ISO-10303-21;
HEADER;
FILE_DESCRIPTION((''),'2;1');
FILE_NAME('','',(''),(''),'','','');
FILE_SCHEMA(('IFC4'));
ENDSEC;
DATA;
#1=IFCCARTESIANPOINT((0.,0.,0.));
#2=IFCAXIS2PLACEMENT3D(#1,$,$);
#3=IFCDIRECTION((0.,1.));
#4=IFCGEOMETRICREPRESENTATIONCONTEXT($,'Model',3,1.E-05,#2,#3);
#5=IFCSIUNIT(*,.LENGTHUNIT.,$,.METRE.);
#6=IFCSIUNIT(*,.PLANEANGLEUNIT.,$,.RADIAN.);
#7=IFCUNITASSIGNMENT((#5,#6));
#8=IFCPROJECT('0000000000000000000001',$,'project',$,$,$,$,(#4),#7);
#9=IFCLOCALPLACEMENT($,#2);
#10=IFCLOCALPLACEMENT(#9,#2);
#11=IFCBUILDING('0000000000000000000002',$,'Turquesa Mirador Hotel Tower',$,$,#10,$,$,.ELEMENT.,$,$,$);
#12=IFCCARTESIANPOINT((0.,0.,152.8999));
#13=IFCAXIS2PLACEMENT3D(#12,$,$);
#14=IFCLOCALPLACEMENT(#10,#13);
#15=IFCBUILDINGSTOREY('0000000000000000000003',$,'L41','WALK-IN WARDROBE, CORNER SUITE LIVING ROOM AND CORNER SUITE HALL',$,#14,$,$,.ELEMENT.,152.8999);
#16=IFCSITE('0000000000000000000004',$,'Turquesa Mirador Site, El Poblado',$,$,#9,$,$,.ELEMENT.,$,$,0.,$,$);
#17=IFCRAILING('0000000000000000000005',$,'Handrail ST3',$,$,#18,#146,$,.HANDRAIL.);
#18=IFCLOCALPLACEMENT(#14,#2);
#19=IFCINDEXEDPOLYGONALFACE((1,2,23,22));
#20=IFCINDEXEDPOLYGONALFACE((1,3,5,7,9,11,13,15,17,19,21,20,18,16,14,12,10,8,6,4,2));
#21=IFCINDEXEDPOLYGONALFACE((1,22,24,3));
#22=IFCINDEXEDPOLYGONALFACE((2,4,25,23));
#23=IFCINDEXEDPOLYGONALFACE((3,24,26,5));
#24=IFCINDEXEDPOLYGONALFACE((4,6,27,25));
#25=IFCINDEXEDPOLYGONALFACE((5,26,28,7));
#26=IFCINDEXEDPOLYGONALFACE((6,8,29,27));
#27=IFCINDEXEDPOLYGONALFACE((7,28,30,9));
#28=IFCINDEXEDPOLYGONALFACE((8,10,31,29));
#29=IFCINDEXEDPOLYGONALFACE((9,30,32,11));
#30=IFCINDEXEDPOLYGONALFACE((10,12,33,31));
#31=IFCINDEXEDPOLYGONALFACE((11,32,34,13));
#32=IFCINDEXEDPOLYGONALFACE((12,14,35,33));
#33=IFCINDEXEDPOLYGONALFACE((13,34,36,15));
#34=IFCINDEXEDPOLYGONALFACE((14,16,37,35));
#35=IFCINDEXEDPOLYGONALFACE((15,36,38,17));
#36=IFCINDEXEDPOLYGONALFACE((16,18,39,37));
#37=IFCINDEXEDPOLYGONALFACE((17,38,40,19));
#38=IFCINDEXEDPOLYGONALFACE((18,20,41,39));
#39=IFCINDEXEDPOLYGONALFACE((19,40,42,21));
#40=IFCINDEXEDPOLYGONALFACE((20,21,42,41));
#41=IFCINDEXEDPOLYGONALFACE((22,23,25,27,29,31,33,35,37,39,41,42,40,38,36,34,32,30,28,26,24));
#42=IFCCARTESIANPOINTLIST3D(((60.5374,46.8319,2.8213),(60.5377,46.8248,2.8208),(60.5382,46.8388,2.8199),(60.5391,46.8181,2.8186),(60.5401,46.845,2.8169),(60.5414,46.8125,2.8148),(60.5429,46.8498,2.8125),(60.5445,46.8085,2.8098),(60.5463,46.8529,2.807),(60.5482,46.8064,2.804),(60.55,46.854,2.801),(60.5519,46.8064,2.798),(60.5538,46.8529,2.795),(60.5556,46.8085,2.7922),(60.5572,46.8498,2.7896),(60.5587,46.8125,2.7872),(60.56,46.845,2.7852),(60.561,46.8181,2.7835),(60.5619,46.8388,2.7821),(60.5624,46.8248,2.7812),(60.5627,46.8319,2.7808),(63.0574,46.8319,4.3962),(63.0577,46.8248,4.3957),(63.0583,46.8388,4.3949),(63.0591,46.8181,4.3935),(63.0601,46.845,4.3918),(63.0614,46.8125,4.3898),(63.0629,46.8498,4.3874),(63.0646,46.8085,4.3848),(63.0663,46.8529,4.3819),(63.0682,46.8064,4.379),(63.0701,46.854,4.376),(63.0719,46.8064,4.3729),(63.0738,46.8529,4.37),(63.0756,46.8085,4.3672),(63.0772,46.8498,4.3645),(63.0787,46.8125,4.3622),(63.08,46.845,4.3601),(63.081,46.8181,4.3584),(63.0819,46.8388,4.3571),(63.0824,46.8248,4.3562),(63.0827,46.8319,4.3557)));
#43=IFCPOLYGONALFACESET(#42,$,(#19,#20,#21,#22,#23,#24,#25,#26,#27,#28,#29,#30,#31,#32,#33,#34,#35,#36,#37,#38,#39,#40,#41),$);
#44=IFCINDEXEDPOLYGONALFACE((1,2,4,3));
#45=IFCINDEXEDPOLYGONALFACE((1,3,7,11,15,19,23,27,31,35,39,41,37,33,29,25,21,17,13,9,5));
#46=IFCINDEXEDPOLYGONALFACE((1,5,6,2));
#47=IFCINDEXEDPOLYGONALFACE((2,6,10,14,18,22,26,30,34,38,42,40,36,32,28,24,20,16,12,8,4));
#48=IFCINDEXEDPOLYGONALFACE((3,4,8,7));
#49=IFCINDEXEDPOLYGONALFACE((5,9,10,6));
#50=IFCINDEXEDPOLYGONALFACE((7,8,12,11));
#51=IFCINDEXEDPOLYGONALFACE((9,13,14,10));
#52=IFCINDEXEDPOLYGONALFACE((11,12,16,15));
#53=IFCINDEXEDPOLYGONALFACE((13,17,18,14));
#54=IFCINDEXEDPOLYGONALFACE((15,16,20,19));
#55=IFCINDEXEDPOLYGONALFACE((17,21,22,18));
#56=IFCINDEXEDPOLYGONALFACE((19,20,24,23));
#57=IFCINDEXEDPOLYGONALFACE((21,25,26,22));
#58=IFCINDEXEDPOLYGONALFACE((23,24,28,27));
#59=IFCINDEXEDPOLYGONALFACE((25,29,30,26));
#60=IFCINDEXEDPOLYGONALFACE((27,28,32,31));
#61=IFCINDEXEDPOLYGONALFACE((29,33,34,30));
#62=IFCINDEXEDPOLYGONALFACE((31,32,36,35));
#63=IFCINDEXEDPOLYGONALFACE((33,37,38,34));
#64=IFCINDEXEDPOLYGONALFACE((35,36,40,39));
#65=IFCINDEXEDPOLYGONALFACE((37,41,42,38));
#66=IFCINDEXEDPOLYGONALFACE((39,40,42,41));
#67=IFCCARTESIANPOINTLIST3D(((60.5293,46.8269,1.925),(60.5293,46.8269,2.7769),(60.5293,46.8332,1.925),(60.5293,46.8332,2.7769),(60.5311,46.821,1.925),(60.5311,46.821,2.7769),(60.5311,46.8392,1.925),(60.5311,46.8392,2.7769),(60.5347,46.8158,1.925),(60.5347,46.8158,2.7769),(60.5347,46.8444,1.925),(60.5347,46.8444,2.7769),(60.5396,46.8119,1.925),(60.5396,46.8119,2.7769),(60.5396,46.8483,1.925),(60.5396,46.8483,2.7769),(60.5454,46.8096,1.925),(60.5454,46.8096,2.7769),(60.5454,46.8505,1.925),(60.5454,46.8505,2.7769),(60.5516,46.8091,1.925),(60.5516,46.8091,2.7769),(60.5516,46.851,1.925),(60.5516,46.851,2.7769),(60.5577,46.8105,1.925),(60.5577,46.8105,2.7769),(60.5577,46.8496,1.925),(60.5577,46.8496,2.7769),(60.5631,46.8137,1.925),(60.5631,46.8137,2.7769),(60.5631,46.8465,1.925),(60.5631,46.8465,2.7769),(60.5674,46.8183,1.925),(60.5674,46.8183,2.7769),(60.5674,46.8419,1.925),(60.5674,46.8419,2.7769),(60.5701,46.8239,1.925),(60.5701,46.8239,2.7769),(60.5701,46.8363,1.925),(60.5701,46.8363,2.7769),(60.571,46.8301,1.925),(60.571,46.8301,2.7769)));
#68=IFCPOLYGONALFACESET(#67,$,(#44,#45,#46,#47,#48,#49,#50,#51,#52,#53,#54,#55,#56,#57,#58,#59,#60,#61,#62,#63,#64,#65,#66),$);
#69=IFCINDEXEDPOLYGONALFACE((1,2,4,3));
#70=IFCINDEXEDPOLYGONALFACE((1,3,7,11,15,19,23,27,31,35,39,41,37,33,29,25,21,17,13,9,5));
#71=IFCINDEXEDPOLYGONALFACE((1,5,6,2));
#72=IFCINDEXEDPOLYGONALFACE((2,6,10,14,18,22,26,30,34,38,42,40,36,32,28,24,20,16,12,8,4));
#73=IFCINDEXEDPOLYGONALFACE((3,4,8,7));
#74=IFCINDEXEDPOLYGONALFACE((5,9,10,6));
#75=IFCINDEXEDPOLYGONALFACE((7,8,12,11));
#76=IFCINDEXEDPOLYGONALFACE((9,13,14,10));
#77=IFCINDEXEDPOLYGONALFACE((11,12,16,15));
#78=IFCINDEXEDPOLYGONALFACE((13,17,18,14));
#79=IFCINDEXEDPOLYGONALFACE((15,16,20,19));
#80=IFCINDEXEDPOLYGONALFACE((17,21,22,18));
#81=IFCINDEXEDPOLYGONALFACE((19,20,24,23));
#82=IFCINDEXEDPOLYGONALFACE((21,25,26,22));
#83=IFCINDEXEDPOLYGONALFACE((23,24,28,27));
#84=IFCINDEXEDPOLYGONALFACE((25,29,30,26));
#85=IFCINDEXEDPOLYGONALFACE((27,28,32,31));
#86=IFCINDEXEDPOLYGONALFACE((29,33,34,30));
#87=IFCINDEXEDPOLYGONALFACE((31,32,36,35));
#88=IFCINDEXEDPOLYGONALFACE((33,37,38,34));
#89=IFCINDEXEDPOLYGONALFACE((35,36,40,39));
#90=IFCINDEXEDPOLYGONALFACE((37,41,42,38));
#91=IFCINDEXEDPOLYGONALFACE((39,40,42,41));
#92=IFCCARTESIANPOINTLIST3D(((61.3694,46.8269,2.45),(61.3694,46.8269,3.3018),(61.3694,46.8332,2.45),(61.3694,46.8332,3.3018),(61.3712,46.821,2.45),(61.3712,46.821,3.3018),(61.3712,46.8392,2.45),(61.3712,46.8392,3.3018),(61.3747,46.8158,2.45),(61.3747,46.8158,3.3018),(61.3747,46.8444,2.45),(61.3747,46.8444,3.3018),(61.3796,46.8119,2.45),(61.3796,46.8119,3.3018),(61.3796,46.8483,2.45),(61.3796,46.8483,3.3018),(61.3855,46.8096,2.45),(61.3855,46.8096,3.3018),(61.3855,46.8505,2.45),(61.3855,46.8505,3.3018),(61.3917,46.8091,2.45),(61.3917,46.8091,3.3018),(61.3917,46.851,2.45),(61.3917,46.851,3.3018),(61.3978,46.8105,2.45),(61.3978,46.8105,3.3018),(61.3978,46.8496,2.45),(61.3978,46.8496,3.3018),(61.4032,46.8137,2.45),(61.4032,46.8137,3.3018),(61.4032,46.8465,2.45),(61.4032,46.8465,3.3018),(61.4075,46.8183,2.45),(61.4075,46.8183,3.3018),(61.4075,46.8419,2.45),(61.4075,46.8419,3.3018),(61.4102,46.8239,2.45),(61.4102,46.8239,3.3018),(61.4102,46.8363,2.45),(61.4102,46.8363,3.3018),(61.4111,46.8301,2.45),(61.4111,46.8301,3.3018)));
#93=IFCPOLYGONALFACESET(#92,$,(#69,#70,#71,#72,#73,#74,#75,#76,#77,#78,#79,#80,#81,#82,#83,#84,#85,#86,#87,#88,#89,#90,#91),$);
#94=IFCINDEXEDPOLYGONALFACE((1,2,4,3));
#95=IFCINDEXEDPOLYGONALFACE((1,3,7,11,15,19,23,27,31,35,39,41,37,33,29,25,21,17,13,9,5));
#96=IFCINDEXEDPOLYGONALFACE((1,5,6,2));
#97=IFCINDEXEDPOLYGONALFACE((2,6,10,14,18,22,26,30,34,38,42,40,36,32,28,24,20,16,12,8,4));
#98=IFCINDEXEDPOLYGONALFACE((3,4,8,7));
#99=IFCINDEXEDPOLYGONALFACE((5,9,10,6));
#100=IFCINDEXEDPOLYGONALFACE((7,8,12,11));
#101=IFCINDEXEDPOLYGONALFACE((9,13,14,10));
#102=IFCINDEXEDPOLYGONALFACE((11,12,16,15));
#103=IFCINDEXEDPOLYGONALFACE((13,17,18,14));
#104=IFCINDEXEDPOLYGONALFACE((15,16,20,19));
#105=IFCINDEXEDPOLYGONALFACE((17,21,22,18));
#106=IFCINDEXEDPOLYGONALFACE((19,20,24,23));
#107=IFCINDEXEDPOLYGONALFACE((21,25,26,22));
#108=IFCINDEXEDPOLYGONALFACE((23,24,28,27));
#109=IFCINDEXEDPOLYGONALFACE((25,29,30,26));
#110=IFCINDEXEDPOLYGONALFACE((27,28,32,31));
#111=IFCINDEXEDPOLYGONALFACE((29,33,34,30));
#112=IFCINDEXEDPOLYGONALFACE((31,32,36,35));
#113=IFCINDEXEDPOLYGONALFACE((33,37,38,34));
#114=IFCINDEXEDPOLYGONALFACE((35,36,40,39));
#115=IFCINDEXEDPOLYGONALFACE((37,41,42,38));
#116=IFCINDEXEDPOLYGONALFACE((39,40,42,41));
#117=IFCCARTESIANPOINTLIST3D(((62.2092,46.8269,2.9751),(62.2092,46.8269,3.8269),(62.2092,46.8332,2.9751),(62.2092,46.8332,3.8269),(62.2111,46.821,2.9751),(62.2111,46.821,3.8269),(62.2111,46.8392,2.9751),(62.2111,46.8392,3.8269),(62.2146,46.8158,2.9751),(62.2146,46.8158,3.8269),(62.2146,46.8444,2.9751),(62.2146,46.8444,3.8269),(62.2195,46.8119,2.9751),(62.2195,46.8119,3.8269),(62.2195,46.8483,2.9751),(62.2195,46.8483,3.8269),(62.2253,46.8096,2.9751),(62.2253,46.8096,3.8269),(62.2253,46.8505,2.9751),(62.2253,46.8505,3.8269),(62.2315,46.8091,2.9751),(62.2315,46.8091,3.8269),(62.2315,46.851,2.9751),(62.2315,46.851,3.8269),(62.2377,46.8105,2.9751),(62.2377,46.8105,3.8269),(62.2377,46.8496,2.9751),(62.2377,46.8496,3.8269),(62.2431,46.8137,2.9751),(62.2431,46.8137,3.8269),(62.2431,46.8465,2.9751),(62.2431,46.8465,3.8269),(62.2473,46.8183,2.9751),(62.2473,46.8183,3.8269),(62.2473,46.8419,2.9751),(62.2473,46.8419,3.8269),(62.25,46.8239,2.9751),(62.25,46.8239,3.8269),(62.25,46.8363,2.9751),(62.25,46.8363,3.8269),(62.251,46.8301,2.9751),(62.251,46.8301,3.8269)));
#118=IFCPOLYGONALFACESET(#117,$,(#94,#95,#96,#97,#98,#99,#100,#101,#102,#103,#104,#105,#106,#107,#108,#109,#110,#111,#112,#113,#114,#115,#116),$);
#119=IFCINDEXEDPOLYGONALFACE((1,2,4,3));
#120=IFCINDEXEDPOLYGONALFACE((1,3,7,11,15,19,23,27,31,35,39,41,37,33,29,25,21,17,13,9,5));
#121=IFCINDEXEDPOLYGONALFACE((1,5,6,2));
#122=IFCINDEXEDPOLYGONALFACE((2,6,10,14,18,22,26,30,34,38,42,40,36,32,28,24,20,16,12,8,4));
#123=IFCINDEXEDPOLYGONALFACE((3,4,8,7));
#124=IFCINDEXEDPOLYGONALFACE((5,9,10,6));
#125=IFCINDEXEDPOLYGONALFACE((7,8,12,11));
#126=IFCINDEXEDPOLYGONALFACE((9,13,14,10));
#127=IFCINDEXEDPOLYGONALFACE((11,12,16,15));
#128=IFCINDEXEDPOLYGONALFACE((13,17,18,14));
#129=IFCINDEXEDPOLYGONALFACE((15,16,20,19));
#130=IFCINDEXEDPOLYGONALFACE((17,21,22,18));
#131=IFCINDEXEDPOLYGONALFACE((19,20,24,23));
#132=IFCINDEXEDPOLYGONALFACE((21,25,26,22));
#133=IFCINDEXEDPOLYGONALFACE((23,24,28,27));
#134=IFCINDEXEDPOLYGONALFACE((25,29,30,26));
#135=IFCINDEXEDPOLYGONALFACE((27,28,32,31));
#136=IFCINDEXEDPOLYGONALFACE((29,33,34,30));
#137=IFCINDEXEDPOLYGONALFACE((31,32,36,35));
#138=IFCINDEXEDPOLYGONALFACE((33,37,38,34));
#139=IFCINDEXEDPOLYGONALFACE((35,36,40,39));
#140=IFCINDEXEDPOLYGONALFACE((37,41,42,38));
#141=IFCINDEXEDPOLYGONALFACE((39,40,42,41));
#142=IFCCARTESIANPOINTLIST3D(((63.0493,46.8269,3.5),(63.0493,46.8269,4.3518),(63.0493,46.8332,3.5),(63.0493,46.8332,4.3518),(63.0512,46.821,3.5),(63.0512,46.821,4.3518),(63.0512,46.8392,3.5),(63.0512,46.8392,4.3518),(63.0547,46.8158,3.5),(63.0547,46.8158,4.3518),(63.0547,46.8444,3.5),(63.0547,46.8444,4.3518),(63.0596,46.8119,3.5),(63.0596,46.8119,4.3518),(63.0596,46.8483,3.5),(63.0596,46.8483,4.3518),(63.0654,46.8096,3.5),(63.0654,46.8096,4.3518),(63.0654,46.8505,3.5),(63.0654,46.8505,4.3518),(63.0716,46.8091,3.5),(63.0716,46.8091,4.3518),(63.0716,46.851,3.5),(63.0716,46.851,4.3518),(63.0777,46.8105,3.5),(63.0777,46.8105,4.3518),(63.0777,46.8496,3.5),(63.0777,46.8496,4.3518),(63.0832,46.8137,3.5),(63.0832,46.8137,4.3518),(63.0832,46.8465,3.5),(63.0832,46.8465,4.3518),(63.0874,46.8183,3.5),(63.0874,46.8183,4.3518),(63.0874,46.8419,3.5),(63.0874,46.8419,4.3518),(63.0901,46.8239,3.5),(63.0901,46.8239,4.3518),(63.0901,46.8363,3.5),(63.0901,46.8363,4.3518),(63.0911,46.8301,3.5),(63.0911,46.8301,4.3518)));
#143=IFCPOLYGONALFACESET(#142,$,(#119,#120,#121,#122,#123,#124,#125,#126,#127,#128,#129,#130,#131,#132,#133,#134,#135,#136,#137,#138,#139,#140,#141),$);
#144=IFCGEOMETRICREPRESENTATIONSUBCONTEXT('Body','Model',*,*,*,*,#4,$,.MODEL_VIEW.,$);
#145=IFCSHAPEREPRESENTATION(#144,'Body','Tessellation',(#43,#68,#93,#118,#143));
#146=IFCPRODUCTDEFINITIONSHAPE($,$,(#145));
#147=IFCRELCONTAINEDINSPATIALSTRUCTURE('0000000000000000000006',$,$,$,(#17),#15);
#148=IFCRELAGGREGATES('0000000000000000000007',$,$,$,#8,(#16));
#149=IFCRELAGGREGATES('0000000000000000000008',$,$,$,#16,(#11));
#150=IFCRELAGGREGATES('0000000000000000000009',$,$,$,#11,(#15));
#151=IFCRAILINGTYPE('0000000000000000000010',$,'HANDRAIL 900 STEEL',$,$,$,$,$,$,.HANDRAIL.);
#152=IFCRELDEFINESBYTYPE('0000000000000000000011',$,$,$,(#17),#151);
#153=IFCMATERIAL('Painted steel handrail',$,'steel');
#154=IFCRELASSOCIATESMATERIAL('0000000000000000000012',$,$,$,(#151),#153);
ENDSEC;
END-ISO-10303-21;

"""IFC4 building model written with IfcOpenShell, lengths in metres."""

from ifc_helpers import new_model, si_unit, direction, frame, origin, origin_2d, place, context, subcontext, project, spatial, circle, extrude, material, type_object, element, save


model = new_model("IFC4")

# Units and contexts
model_context = context("Model", 3, precision=1e-05, world=origin(), true_north=direction((0.0, 1.0)))
body_context = subcontext(model_context, "Body", "Model", "MODEL_VIEW")
ifc_project = project(units=[si_unit("LENGTHUNIT", "METRE"), si_unit("PLANEANGLEUNIT", "RADIAN")], contexts=[model_context])

# Site, building, storey
site_placement = place(None, origin())
site = spatial("IfcSite", under=ifc_project, at=site_placement, Name="Turquesa Mirador Site, El Poblado", CompositionType="ELEMENT", RefElevation=0.0)
building_placement = place(site_placement, origin())
building = spatial("IfcBuilding", under=site, at=building_placement, Name="Turquesa Mirador Hotel Tower", CompositionType="ELEMENT")
storey_placement = place(building_placement, frame((0.0, 0.0, 152.8999)))
storey = spatial("IfcBuildingStorey", under=building, at=storey_placement, Name="L41", Description="WALK-IN WARDROBE, CORNER SUITE LIVING ROOM AND CORNER SUITE HALL", CompositionType="ELEMENT", Elevation=152.8999)

# Railing
ifc_material_1 = material(Name="Painted steel handrail", Category="steel")
railing_type = type_object("IfcRailingType", Name="HANDRAIL 900 STEEL", PredefinedType="HANDRAIL", material=ifc_material_1)
railing_1_placement = place(storey_placement, frame((60.55, 46.8301, 1.925)))
element("IfcRailing", 1, at=railing_1_placement, inside=storey, type_object=railing_type, Name="Handrail ST3", PredefinedType="HANDRAIL", context=body_context, shape_type="SweptSolid", body=[
    extrude(circle(Radius=0.0239, at=origin_2d()), frame((0.0, 0.0, 0.876), z_axis=(0.848008, 0.0, 0.529984), x_axis=(0.0, 1.0, 0.0)), (0.0, 0.0, 1.0), 2.9717),
    extrude(circle(Radius=0.021, at=origin_2d()), origin(), (0.0, 0.0, 1.0), 0.8518),
    extrude(circle(Radius=0.021, at=origin_2d()), frame((0.8401, 0.0, 0.5249)), (0.0, 0.0, 1.0), 0.8518),
    extrude(circle(Radius=0.021, at=origin_2d()), frame((1.6799, 0.0, 1.05)), (0.0, 0.0, 1.0), 0.8518),
    extrude(circle(Radius=0.021, at=origin_2d()), frame((2.52, 0.0, 1.575)), (0.0, 0.0, 1.0), 0.8518),
])

save(model, "model.ifc")
